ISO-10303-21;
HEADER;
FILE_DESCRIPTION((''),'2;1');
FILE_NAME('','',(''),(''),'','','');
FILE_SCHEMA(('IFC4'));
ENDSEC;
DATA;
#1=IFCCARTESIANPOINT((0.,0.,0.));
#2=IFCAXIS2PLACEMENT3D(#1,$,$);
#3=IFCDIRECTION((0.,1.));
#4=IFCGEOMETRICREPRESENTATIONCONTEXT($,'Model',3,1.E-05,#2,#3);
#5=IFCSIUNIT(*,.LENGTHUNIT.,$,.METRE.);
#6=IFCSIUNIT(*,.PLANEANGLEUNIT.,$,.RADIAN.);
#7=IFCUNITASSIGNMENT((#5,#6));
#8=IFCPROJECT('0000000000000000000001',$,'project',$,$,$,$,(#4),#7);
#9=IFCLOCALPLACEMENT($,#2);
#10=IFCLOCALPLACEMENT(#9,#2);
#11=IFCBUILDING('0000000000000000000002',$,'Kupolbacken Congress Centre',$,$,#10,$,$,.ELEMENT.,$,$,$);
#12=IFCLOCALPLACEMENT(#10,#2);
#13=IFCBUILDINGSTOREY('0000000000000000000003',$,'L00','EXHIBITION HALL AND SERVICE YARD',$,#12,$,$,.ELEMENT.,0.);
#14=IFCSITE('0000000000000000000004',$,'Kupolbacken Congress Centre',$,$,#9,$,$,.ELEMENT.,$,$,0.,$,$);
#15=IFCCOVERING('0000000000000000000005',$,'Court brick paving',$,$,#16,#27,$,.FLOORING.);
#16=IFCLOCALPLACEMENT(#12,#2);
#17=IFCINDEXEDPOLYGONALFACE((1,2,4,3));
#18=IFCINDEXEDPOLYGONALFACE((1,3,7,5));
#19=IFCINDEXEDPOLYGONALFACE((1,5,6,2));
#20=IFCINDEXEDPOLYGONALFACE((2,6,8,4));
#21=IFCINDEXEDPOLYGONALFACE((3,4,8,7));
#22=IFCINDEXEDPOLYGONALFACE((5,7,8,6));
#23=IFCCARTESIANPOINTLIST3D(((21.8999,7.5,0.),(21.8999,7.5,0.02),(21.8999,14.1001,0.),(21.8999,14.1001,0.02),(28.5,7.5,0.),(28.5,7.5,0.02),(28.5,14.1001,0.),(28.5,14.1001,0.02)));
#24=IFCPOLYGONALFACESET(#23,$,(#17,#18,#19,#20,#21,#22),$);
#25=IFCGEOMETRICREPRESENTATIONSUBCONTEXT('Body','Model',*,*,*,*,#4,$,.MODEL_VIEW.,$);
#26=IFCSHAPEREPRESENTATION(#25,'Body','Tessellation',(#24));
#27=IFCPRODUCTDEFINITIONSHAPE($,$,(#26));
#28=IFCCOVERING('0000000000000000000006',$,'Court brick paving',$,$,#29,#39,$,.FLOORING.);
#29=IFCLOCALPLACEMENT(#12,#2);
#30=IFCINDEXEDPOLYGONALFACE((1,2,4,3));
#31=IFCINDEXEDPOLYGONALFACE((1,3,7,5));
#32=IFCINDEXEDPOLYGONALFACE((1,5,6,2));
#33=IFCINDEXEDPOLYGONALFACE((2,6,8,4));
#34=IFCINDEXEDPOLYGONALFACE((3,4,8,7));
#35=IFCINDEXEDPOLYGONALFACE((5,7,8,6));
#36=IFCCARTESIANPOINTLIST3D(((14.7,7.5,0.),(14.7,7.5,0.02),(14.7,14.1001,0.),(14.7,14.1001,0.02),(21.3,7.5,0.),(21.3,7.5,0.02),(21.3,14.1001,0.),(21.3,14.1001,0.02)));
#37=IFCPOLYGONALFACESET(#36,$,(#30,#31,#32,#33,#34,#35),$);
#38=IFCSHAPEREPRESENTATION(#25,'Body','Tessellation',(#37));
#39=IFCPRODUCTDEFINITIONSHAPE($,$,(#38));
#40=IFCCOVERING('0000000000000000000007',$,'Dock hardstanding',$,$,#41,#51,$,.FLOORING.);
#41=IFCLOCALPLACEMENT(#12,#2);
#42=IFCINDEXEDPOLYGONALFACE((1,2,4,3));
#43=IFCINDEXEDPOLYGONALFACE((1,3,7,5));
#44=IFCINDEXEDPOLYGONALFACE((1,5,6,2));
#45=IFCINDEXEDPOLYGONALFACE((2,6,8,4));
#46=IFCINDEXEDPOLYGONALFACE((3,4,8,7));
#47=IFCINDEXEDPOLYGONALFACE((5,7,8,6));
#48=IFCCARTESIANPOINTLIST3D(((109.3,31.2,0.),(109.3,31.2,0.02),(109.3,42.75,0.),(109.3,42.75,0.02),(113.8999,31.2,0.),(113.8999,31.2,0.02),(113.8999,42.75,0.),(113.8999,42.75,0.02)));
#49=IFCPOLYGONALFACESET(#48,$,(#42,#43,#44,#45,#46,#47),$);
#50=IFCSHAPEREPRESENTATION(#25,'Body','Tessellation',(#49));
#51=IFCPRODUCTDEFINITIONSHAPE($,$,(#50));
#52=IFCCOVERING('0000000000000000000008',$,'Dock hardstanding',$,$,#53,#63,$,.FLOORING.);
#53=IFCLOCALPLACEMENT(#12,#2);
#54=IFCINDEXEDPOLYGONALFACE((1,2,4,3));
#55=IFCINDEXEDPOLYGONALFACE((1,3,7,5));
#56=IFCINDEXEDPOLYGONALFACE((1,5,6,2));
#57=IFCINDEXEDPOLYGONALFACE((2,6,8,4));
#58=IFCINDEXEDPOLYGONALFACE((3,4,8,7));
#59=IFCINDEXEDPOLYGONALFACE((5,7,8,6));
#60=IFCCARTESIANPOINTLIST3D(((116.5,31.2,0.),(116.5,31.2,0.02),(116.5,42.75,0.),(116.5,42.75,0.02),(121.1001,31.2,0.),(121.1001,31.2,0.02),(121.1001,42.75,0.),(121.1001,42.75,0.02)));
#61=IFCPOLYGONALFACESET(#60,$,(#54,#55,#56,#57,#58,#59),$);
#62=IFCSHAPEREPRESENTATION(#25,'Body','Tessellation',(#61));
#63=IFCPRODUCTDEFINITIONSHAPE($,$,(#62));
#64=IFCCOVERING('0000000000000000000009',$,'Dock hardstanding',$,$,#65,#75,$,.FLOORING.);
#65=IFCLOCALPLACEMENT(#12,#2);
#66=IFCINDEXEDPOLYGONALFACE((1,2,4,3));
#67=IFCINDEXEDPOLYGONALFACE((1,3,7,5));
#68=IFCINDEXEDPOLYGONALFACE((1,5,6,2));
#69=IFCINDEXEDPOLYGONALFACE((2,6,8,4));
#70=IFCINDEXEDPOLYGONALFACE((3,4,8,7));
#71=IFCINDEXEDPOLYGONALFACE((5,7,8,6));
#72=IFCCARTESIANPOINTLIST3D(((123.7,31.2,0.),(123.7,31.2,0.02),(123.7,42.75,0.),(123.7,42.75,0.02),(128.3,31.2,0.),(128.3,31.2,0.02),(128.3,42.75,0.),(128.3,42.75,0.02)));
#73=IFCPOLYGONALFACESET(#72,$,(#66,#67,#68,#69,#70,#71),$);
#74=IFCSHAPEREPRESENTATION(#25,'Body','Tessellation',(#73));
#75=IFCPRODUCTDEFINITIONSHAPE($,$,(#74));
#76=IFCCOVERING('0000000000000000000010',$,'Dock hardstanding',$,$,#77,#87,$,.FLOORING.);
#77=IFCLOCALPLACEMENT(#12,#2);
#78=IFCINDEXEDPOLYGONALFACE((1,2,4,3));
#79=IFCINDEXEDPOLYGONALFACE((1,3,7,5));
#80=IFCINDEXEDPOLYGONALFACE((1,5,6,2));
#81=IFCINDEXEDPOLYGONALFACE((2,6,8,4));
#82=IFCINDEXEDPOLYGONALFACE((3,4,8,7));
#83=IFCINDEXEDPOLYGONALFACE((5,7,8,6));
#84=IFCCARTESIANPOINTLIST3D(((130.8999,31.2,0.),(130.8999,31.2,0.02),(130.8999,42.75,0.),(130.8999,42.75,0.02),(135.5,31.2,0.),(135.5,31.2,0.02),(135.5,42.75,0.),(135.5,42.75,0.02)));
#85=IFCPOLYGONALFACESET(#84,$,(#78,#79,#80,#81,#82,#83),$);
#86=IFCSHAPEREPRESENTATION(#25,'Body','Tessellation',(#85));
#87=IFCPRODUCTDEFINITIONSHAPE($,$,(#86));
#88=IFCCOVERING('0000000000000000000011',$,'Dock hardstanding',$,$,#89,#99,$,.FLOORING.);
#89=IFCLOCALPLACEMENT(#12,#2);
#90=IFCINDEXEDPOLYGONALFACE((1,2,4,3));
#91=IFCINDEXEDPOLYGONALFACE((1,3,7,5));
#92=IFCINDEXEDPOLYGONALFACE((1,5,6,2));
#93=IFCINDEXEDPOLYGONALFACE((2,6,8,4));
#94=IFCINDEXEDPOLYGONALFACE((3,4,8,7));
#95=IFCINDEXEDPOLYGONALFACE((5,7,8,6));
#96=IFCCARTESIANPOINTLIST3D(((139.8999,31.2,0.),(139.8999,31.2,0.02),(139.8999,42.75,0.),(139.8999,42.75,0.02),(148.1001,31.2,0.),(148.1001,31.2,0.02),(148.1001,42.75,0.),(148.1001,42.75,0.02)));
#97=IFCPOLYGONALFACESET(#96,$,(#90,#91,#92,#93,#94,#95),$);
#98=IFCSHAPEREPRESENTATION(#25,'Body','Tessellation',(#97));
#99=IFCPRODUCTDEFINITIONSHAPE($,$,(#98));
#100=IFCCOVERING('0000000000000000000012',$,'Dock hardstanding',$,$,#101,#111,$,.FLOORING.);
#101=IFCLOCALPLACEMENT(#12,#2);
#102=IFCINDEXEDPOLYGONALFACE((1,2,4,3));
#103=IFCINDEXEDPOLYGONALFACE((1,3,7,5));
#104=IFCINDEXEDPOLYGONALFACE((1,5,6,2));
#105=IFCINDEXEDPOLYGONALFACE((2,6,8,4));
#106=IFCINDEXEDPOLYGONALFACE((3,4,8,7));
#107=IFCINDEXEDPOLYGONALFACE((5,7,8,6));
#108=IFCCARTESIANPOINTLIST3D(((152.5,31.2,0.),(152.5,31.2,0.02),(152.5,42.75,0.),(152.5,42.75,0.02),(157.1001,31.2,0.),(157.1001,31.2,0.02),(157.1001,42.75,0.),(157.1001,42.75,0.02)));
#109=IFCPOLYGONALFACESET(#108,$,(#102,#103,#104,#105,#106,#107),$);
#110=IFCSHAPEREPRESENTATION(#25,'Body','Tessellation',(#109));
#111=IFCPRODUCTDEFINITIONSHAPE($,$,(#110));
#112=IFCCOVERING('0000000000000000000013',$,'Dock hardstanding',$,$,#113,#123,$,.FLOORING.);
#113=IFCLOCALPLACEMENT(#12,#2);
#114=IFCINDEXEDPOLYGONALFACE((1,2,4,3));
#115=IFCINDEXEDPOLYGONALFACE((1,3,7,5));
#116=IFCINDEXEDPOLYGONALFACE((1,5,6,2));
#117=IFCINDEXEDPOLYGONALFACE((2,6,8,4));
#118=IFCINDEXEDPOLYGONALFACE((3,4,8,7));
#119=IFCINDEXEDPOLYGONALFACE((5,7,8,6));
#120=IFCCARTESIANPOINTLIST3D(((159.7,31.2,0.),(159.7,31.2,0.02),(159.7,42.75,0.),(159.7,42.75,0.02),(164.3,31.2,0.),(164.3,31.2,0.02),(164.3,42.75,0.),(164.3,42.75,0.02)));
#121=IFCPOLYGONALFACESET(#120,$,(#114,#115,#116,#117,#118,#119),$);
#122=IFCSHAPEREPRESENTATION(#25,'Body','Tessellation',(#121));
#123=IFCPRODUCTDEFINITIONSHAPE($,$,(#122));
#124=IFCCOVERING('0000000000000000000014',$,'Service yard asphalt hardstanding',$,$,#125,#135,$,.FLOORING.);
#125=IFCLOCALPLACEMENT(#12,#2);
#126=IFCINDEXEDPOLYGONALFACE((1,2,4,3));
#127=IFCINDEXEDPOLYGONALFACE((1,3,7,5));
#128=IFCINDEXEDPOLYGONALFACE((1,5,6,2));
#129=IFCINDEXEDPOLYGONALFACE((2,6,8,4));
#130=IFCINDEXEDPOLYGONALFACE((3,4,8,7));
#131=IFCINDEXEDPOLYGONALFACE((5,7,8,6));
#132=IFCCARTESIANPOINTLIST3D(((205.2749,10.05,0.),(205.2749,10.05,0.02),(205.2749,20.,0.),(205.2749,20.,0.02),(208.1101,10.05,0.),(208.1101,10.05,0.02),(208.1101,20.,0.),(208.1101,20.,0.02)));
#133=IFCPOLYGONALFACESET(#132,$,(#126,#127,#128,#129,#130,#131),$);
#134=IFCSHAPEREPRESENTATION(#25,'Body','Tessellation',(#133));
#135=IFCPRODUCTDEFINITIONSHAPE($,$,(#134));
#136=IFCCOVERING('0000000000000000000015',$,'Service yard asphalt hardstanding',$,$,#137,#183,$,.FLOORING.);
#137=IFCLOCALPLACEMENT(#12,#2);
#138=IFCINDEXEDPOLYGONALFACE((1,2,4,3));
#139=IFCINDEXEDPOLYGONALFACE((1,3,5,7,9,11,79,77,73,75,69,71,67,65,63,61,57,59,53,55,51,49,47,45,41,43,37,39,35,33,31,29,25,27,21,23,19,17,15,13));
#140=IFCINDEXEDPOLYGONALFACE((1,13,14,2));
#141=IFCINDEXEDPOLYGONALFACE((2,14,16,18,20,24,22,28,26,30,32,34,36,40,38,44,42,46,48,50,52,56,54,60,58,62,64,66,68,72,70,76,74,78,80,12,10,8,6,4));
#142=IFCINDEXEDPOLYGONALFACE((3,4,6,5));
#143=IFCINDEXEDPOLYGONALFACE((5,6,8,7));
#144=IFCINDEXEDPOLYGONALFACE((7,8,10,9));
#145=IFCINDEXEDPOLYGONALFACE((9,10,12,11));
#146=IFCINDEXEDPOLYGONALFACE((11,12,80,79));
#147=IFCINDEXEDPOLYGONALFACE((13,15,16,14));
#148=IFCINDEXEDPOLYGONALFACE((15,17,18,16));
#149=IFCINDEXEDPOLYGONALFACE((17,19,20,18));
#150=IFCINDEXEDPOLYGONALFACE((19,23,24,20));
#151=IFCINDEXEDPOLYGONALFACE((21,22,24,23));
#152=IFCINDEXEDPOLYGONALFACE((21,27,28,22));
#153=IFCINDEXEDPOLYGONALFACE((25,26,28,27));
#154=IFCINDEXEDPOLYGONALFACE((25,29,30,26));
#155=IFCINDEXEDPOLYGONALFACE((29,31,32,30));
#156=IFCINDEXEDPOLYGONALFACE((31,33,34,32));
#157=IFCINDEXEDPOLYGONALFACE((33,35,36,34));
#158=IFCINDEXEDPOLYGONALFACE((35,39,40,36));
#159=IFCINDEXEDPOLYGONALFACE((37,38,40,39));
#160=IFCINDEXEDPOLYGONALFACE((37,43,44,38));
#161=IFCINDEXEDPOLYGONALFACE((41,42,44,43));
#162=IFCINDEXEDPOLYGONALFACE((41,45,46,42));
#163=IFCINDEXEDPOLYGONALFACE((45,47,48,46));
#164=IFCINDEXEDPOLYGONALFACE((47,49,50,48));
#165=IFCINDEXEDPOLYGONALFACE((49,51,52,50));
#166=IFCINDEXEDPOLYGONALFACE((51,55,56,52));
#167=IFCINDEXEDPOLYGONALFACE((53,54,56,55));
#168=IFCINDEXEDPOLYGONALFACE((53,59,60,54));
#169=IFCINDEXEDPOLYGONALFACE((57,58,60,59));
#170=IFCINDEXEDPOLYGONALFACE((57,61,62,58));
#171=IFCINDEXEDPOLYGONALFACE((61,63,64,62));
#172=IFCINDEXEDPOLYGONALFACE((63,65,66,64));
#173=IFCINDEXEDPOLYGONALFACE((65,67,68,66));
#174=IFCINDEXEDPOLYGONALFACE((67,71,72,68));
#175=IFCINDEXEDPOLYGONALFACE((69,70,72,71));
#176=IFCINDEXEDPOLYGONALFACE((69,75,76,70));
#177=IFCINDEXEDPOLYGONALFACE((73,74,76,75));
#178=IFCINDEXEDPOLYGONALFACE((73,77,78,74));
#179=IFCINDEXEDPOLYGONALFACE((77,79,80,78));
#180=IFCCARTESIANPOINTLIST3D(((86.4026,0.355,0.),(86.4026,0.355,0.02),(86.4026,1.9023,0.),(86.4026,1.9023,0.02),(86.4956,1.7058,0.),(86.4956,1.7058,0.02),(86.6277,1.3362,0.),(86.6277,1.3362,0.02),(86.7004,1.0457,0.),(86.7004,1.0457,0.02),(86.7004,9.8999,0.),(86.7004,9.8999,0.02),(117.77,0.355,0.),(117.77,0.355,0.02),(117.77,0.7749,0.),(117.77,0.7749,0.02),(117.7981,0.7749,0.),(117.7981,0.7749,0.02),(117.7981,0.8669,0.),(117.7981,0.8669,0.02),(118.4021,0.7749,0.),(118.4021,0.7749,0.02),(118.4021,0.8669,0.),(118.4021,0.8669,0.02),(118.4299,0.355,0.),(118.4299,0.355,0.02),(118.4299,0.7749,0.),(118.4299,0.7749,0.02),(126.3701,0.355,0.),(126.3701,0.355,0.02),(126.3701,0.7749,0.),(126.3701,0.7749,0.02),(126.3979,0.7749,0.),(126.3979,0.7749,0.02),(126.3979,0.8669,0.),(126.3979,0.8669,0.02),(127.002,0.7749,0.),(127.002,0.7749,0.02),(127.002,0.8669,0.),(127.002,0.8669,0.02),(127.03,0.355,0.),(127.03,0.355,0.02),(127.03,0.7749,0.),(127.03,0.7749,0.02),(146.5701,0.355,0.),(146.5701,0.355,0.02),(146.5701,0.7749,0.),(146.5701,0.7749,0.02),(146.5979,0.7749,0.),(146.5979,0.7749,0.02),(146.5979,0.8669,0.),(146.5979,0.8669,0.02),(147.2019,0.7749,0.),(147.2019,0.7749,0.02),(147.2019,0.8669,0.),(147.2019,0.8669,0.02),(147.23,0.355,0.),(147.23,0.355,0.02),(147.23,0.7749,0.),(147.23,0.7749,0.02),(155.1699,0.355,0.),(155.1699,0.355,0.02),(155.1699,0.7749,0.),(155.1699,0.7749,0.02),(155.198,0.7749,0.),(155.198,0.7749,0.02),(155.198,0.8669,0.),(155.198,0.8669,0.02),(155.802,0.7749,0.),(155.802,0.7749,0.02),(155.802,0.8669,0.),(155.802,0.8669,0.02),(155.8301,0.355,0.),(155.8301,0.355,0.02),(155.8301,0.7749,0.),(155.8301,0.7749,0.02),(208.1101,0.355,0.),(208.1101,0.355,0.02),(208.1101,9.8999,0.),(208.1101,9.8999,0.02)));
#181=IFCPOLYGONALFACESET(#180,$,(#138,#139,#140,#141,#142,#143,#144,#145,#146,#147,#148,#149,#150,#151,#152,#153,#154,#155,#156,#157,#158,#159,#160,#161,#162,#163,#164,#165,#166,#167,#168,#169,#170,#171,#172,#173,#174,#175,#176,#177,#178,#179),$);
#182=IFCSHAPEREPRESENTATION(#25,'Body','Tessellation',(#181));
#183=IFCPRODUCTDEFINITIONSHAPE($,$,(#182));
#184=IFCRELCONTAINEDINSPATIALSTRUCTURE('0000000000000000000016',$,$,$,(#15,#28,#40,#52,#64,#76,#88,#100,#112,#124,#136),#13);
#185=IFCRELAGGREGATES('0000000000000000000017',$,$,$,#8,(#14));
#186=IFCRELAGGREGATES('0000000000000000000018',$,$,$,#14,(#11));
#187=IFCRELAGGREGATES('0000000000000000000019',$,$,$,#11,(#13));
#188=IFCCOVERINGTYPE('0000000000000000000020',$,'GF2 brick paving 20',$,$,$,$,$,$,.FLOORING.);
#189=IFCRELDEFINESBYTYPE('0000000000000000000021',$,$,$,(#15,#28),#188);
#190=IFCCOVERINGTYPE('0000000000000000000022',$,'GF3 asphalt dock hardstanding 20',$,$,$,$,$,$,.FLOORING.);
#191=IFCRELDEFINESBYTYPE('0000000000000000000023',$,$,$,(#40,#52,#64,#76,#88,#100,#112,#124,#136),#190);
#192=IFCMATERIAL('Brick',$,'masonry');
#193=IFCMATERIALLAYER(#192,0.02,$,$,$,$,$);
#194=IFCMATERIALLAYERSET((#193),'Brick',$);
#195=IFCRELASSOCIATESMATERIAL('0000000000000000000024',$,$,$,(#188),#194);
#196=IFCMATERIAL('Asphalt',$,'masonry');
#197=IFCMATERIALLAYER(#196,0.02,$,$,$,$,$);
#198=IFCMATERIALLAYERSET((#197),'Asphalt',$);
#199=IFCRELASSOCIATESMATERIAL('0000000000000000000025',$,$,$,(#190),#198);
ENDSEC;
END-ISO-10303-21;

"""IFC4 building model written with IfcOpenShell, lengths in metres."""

from ifc_helpers import new_model, si_unit, direction, origin, place, context, subcontext, project, spatial, polyline, outline, extrude, material, layer, layer_set, type_object, element, save


model = new_model("IFC4")

# Units and contexts
model_context = context("Model", 3, precision=1e-05, world=origin(), true_north=direction((0.0, 1.0)))
body_context = subcontext(model_context, "Body", "Model", "MODEL_VIEW")
ifc_project = project(units=[si_unit("LENGTHUNIT", "METRE"), si_unit("PLANEANGLEUNIT", "RADIAN")], contexts=[model_context])

# Site, building, storey
site_placement = place(None, origin())
site = spatial("IfcSite", under=ifc_project, at=site_placement, Name="Kupolbacken Congress Centre", CompositionType="ELEMENT", RefElevation=0.0)
building_placement = place(site_placement, origin())
building = spatial("IfcBuilding", under=site, at=building_placement, Name="Kupolbacken Congress Centre", CompositionType="ELEMENT")
storey_placement = place(building_placement, origin())
storey = spatial("IfcBuildingStorey", under=building, at=storey_placement, Name="L00", Description="EXHIBITION HALL AND SERVICE YARD", CompositionType="ELEMENT", Elevation=0.0)

# Coverings
ifc_material_1 = material(Name="Brick", Category="masonry")
ifc_layer_1 = layer(ifc_material_1, 0.02)
ifc_layer_set_1 = layer_set([ifc_layer_1], Name="Brick")
covering_type_1 = type_object("IfcCoveringType", Name="GF2 brick paving 20", PredefinedType="FLOORING", material=ifc_layer_set_1)
covering_1_placement = place(storey_placement, origin())
element("IfcCovering", 1, at=covering_1_placement, inside=storey, type_object=covering_type_1, Name="Court brick paving", PredefinedType="FLOORING", context=body_context, shape_type="SweptSolid", body=[
    extrude(outline(polyline([(28.5, 7.5), (21.8999, 7.5), (21.8999, 14.1001), (28.5, 14.1001), (28.5, 7.5)])), origin(), (0.0, 0.0, 1.0), 0.02),
])
covering_2_placement = place(storey_placement, origin())
element("IfcCovering", 2, at=covering_2_placement, inside=storey, type_object=covering_type_1, Name="Court brick paving", PredefinedType="FLOORING", context=body_context, shape_type="SweptSolid", body=[
    extrude(outline(polyline([(21.3, 7.5), (14.7, 7.5), (14.7, 14.1001), (21.3, 14.1001), (21.3, 7.5)])), origin(), (0.0, 0.0, 1.0), 0.02),
])
ifc_material_2 = material(Name="Asphalt", Category="masonry")
ifc_layer_2 = layer(ifc_material_2, 0.02)
ifc_layer_set_2 = layer_set([ifc_layer_2], Name="Asphalt")
covering_type_2 = type_object("IfcCoveringType", Name="GF3 asphalt dock hardstanding 20", PredefinedType="FLOORING", material=ifc_layer_set_2)
covering_3_placement = place(storey_placement, origin())
element("IfcCovering", 3, at=covering_3_placement, inside=storey, type_object=covering_type_2, Name="Dock hardstanding", PredefinedType="FLOORING", context=body_context, shape_type="SweptSolid", body=[
    extrude(outline(polyline([(113.8999, 42.75), (113.8999, 31.2), (109.3, 31.2), (109.3, 42.75), (113.8999, 42.75)])), origin(), (0.0, 0.0, 1.0), 0.02),
])
covering_4_placement = place(storey_placement, origin())
element("IfcCovering", 4, at=covering_4_placement, inside=storey, type_object=covering_type_2, Name="Dock hardstanding", PredefinedType="FLOORING", context=body_context, shape_type="SweptSolid", body=[
    extrude(outline(polyline([(121.1001, 31.2), (116.5, 31.2), (116.5, 42.75), (121.1001, 42.75), (121.1001, 31.2)])), origin(), (0.0, 0.0, 1.0), 0.02),
])
covering_5_placement = place(storey_placement, origin())
element("IfcCovering", 5, at=covering_5_placement, inside=storey, type_object=covering_type_2, Name="Dock hardstanding", PredefinedType="FLOORING", context=body_context, shape_type="SweptSolid", body=[
    extrude(outline(polyline([(128.3, 31.2), (123.7, 31.2), (123.7, 42.75), (128.3, 42.75), (128.3, 31.2)])), origin(), (0.0, 0.0, 1.0), 0.02),
])
covering_6_placement = place(storey_placement, origin())
element("IfcCovering", 6, at=covering_6_placement, inside=storey, type_object=covering_type_2, Name="Dock hardstanding", PredefinedType="FLOORING", context=body_context, shape_type="SweptSolid", body=[
    extrude(outline(polyline([(135.5, 31.2), (130.8999, 31.2), (130.8999, 42.75), (135.5, 42.75), (135.5, 31.2)])), origin(), (0.0, 0.0, 1.0), 0.02),
])
covering_7_placement = place(storey_placement, origin())
element("IfcCovering", 7, at=covering_7_placement, inside=storey, type_object=covering_type_2, Name="Dock hardstanding", PredefinedType="FLOORING", context=body_context, shape_type="SweptSolid", body=[
    extrude(outline(polyline([(148.1001, 31.2), (139.8999, 31.2), (139.8999, 42.75), (148.1001, 42.75), (148.1001, 31.2)])), origin(), (0.0, 0.0, 1.0), 0.02),
])
covering_8_placement = place(storey_placement, origin())
element("IfcCovering", 8, at=covering_8_placement, inside=storey, type_object=covering_type_2, Name="Dock hardstanding", PredefinedType="FLOORING", context=body_context, shape_type="SweptSolid", body=[
    extrude(outline(polyline([(157.1001, 31.2), (152.5, 31.2), (152.5, 42.75), (157.1001, 42.75), (157.1001, 31.2)])), origin(), (0.0, 0.0, 1.0), 0.02),
])
covering_9_placement = place(storey_placement, origin())
element("IfcCovering", 9, at=covering_9_placement, inside=storey, type_object=covering_type_2, Name="Dock hardstanding", PredefinedType="FLOORING", context=body_context, shape_type="SweptSolid", body=[
    extrude(outline(polyline([(164.3, 31.2), (159.7, 31.2), (159.7, 42.75), (164.3, 42.75), (164.3, 31.2)])), origin(), (0.0, 0.0, 1.0), 0.02),
])
covering_10_placement = place(storey_placement, origin())
element("IfcCovering", 10, at=covering_10_placement, inside=storey, type_object=covering_type_2, Name="Service yard asphalt hardstanding", PredefinedType="FLOORING", context=body_context, shape_type="SweptSolid", body=[
    extrude(outline(polyline([(208.1101, 10.05), (205.2749, 10.05), (205.2749, 20.0), (208.1101, 20.0), (208.1101, 10.05)])), origin(), (0.0, 0.0, 1.0), 0.02),
])
covering_11_placement = place(storey_placement, origin())
element("IfcCovering", 11, at=covering_11_placement, inside=storey, type_object=covering_type_2, Name="Service yard asphalt hardstanding", PredefinedType="FLOORING", context=body_context, shape_type="SweptSolid", body=[
    extrude(outline(polyline([(208.1101, 0.355), (155.8301, 0.355), (155.8301, 0.7749), (155.802, 0.7749), (155.802, 0.8669), (155.198, 0.8669), (155.198, 0.7749), (155.1699, 0.7749), (155.1699, 0.355), (147.23, 0.355), (147.23, 0.7749), (147.2019, 0.7749), (147.2019, 0.8669), (146.5979, 0.8669), (146.5979, 0.7749), (146.5701, 0.7749), (146.5701, 0.355), (127.03, 0.355), (127.03, 0.7749), (127.002, 0.7749), (127.002, 0.8669), (126.3979, 0.8669), (126.3979, 0.7749), (126.3701, 0.7749), (126.3701, 0.355), (118.4299, 0.355), (118.4299, 0.7749), (118.4021, 0.7749), (118.4021, 0.8669), (117.7981, 0.8669), (117.7981, 0.7749), (117.77, 0.7749), (117.77, 0.355), (86.4026, 0.355), (86.4026, 1.9023), (86.4956, 1.7058), (86.6277, 1.3362), (86.7004, 1.0457), (86.7004, 9.8999), (208.1101, 9.8999), (208.1101, 0.355)])), origin(), (0.0, 0.0, 1.0), 0.02),
])

save(model, "model.ifc")
